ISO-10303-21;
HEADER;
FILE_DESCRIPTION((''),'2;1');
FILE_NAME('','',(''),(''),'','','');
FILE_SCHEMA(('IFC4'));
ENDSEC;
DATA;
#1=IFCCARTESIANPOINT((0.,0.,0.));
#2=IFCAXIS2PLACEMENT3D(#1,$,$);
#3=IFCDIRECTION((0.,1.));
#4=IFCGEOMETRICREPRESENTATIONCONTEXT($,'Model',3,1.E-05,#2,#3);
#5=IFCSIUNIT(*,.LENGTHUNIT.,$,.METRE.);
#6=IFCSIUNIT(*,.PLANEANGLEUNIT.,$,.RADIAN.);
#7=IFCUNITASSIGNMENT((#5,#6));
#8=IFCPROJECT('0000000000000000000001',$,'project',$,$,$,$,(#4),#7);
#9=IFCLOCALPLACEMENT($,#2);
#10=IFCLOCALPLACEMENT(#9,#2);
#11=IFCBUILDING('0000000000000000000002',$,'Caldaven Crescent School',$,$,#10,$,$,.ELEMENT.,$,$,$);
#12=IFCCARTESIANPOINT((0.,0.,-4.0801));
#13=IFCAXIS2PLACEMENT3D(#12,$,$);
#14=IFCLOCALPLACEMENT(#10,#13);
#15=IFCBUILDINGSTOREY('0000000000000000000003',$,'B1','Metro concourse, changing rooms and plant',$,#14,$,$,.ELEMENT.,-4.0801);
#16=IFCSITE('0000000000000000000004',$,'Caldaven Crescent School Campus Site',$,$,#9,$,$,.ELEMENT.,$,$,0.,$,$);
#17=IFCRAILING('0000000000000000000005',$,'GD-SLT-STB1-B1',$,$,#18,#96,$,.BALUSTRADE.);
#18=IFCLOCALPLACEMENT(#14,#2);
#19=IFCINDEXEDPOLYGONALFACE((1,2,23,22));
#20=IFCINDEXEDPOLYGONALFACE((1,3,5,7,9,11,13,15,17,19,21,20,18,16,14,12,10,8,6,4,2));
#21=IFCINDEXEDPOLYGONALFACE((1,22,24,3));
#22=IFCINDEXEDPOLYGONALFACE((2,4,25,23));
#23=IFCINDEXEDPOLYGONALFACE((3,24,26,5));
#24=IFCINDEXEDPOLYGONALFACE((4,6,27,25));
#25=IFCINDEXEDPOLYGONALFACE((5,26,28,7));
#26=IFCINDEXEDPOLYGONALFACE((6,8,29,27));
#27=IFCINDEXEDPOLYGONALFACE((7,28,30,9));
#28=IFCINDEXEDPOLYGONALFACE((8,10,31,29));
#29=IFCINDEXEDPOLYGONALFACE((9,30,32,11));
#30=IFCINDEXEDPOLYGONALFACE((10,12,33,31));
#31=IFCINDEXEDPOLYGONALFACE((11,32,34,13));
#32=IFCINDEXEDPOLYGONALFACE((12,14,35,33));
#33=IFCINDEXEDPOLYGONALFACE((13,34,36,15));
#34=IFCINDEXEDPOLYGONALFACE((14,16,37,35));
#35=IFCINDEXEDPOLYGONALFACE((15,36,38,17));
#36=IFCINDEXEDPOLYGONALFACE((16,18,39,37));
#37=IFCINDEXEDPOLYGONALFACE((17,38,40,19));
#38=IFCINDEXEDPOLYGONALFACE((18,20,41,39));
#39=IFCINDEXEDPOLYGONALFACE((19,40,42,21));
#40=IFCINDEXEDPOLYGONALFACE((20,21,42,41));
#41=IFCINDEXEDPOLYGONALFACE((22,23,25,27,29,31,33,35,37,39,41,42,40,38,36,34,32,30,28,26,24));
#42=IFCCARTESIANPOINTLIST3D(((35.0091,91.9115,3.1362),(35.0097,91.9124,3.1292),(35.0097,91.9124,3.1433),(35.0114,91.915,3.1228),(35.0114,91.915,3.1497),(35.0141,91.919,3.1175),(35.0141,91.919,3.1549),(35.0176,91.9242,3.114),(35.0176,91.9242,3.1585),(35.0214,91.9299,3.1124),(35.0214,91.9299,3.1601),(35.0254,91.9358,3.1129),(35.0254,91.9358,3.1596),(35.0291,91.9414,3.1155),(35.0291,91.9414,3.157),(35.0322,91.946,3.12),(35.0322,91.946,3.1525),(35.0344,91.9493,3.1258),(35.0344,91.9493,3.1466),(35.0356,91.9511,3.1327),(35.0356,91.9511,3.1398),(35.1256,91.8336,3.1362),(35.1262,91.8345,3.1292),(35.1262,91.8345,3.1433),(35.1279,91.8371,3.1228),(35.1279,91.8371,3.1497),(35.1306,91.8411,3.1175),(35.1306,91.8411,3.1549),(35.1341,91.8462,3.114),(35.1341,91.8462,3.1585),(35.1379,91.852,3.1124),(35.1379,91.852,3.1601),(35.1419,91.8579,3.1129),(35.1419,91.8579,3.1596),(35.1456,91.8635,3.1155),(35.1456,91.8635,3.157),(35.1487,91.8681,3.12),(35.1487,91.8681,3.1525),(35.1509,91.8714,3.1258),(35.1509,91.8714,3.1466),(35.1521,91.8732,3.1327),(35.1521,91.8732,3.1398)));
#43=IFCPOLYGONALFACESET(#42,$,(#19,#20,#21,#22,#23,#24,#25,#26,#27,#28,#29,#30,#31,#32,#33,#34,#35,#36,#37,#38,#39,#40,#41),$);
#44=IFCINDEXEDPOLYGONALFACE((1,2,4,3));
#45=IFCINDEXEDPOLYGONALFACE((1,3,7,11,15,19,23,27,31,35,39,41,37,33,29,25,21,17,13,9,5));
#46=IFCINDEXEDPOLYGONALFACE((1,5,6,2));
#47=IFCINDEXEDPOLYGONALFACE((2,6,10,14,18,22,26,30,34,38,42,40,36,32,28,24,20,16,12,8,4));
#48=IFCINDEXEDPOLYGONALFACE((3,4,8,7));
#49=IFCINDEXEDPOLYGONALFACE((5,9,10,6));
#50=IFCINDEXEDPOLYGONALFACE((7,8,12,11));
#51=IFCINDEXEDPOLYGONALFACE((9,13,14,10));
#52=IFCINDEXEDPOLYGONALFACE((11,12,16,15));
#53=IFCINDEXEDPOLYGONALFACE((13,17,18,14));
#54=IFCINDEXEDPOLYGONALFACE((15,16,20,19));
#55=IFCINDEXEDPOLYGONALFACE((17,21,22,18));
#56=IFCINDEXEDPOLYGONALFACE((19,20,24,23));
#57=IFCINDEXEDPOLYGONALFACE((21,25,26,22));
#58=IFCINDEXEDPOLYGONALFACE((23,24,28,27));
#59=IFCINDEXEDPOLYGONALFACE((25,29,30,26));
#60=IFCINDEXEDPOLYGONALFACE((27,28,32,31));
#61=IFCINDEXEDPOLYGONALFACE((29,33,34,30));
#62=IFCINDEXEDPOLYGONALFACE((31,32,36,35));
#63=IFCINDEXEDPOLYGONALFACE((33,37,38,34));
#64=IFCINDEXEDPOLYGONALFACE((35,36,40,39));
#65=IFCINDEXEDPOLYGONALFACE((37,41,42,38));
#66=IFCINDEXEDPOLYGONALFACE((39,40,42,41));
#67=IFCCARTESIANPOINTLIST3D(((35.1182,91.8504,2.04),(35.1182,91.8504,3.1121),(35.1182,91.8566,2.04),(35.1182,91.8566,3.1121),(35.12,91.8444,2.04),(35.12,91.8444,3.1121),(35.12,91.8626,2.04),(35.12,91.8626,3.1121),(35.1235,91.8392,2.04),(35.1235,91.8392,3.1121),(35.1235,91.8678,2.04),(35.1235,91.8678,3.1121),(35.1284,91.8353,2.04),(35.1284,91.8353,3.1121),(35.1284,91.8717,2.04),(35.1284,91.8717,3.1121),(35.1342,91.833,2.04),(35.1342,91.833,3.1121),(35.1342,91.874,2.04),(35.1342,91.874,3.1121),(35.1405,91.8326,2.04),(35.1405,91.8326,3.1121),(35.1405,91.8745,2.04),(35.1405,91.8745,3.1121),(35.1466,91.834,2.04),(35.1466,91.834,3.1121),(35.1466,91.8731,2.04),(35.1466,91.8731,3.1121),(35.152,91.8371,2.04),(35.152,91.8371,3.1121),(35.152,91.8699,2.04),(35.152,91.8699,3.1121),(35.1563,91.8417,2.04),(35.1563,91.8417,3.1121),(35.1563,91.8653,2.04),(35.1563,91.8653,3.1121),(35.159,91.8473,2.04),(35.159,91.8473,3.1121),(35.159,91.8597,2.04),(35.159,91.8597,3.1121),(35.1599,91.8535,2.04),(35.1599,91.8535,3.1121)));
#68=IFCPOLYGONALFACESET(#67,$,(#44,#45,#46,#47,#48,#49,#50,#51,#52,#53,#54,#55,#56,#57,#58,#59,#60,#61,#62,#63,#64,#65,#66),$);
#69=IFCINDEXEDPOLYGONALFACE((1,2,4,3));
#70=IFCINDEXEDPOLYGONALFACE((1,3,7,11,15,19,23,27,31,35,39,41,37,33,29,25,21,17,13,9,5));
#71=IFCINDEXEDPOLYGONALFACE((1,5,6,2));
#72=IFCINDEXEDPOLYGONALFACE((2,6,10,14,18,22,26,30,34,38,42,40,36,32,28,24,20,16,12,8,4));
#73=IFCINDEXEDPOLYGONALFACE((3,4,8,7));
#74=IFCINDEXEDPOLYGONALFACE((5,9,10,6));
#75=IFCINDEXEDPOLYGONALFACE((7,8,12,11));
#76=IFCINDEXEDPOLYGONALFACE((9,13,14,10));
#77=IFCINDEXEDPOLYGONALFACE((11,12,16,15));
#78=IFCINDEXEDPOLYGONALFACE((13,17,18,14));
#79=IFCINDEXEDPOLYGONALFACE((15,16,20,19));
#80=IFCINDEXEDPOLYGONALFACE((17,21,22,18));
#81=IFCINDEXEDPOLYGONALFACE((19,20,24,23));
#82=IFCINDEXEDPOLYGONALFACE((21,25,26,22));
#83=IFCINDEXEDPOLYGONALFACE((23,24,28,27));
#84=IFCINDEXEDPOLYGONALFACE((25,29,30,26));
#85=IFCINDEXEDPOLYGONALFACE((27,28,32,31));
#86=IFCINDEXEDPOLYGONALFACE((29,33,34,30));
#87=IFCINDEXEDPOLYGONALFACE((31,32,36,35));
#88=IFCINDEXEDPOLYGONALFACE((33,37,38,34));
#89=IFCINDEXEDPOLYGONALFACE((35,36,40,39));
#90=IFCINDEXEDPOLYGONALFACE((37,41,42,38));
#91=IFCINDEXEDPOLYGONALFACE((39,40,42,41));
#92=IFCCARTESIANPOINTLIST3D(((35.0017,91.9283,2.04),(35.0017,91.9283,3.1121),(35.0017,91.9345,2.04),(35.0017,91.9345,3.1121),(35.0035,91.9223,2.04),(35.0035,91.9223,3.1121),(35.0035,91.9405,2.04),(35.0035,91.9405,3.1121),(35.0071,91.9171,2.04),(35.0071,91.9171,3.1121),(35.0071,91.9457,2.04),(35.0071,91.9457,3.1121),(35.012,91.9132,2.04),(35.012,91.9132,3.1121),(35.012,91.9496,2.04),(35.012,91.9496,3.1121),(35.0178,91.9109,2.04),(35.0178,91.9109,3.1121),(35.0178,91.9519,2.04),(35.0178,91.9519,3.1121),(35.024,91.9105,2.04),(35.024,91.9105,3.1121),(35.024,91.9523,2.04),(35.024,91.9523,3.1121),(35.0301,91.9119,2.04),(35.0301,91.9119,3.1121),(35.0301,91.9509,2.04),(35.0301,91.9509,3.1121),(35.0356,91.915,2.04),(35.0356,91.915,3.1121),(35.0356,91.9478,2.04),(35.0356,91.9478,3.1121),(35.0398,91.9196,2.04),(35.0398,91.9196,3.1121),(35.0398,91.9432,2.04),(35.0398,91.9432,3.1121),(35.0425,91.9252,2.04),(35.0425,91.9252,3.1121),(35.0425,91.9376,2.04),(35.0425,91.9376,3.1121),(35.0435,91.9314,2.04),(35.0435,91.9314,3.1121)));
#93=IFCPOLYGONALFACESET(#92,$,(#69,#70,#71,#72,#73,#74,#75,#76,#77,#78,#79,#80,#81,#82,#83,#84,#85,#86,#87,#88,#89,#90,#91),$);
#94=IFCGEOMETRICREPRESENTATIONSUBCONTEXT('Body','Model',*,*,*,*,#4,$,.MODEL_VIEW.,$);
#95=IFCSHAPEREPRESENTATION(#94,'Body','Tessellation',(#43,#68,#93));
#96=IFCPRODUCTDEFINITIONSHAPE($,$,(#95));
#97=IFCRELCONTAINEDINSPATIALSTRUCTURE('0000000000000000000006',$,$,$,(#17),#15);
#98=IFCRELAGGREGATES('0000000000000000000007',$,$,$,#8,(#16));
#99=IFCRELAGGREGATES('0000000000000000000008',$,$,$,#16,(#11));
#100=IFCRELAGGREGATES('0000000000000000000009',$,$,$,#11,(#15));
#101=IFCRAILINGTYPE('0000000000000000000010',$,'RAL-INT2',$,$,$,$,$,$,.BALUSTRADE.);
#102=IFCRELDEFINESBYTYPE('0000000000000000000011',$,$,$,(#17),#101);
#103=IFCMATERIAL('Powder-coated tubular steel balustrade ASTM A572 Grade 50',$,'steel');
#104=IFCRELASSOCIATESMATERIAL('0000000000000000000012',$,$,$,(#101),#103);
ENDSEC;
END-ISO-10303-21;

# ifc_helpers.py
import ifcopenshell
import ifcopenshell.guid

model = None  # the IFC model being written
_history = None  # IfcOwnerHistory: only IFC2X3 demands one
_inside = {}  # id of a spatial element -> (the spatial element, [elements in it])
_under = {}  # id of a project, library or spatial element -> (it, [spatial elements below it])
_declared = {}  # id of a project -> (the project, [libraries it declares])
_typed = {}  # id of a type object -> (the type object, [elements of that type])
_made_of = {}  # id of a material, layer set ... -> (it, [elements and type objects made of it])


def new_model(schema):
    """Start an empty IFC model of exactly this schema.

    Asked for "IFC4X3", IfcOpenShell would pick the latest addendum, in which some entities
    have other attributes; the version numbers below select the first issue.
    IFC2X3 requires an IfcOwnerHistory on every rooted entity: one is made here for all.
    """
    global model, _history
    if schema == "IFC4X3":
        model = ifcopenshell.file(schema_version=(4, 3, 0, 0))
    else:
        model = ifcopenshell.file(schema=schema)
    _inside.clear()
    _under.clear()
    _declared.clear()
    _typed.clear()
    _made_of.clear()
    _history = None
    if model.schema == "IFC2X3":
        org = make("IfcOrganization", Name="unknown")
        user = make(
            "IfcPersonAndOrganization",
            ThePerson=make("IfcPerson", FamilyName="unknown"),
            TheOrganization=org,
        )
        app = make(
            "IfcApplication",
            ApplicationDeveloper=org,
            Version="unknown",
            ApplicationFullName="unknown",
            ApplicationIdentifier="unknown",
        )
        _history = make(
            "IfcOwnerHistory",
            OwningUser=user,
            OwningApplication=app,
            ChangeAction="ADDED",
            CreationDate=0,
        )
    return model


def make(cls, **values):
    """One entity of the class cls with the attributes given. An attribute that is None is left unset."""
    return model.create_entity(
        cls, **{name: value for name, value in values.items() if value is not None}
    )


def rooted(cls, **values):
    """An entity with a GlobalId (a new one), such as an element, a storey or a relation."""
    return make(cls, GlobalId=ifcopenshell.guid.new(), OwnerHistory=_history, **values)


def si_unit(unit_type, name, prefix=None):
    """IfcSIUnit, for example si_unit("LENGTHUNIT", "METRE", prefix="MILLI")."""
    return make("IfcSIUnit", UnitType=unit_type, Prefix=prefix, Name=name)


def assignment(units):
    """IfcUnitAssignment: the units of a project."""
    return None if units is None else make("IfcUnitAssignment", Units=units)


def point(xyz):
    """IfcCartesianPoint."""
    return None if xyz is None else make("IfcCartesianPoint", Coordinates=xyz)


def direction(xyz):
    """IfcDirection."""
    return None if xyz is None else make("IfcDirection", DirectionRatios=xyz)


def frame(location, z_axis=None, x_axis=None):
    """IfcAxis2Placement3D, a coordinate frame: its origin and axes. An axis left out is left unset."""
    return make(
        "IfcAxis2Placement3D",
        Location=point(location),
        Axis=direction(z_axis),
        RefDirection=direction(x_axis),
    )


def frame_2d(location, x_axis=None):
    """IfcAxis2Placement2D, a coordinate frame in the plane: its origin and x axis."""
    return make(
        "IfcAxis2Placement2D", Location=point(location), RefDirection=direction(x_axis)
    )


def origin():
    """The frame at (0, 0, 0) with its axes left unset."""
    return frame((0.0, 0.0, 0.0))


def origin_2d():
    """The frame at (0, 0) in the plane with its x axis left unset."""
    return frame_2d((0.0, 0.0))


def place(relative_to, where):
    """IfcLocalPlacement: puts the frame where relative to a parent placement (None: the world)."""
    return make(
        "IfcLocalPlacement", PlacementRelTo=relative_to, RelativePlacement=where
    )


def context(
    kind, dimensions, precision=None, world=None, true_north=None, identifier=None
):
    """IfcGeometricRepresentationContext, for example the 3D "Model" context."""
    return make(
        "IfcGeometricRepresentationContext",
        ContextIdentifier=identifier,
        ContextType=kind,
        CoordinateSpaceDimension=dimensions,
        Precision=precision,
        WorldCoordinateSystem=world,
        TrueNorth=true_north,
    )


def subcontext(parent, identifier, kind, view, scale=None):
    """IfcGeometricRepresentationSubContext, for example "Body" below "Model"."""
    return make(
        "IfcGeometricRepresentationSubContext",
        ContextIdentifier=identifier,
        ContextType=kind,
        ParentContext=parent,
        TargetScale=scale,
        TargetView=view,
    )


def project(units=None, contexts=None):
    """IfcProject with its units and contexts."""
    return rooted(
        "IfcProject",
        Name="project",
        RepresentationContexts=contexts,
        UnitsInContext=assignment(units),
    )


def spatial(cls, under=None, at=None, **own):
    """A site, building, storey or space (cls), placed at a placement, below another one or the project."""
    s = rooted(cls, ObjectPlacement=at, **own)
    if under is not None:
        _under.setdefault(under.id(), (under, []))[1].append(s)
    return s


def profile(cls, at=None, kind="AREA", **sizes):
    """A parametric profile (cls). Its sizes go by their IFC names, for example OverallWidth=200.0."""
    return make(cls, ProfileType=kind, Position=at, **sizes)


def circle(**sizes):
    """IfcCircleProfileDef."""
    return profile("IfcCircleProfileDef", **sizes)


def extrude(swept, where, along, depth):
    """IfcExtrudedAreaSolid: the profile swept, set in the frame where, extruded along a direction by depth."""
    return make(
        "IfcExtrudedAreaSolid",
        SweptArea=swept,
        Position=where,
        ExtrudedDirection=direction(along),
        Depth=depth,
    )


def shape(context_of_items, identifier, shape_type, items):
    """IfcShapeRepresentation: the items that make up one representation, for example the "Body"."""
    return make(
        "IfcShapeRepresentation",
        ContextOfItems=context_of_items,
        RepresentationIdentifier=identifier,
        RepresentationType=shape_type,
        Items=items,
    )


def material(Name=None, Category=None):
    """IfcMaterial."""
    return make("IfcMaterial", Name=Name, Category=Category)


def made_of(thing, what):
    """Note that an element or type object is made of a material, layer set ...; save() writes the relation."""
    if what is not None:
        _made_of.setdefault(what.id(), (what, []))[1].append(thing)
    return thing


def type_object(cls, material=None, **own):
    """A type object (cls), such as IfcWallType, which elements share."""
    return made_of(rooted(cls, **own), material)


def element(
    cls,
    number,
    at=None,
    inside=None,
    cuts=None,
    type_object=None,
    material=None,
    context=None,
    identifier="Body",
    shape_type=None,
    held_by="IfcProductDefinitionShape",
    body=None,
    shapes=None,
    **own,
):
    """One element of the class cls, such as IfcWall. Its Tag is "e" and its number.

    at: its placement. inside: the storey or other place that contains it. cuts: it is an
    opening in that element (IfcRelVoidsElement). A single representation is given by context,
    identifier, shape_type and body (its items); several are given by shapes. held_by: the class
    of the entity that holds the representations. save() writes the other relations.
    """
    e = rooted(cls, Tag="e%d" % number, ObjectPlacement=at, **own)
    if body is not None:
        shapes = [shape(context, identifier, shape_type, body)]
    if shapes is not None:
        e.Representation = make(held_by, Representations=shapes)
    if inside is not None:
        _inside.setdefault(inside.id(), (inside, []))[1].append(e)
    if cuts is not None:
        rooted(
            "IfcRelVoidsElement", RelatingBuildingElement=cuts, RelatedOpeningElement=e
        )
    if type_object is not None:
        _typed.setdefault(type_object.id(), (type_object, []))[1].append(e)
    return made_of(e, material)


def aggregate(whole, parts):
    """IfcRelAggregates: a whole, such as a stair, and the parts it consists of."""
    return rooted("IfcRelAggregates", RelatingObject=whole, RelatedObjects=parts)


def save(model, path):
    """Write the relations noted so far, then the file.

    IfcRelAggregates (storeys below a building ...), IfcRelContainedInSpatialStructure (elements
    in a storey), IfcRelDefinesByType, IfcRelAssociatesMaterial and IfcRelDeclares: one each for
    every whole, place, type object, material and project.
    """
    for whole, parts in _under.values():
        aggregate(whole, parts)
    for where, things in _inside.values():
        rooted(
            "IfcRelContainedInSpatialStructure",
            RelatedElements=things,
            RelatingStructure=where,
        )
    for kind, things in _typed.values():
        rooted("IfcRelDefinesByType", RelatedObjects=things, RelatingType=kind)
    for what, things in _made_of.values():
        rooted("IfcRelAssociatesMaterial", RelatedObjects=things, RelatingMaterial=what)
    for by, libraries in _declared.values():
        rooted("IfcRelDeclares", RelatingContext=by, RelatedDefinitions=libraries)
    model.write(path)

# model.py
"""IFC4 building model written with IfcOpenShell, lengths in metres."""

from ifc_helpers import new_model, si_unit, direction, frame, origin, origin_2d, place, context, subcontext, project, spatial, circle, extrude, material, type_object, element, save


model = new_model("IFC4")

# Units and contexts
model_context = context("Model", 3, precision=1e-05, world=origin(), true_north=direction((0.0, 1.0)))
body_context = subcontext(model_context, "Body", "Model", "MODEL_VIEW")
ifc_project = project(units=[si_unit("LENGTHUNIT", "METRE"), si_unit("PLANEANGLEUNIT", "RADIAN")], contexts=[model_context])

# Site, building, storey
site_placement = place(None, origin())
site = spatial("IfcSite", under=ifc_project, at=site_placement, Name="Caldaven Crescent School Campus Site", CompositionType="ELEMENT", RefElevation=0.0)
building_placement = place(site_placement, origin())
building = spatial("IfcBuilding", under=site, at=building_placement, Name="Caldaven Crescent School", CompositionType="ELEMENT")
storey_placement = place(building_placement, frame((0.0, 0.0, -4.0801)))
storey = spatial("IfcBuildingStorey", under=building, at=storey_placement, Name="B1", Description="Metro concourse, changing rooms and plant", CompositionType="ELEMENT", Elevation=-4.0801)

# Railing
ifc_material_1 = material(Name="Powder-coated tubular steel balustrade ASTM A572 Grade 50", Category="steel")
railing_type_1 = type_object("IfcRailingType", Name="RAL-INT2", PredefinedType="BALUSTRADE", material=ifc_material_1)
railing_1_placement = place(storey_placement, frame((35.1389, 91.8535, 2.04)))
element("IfcRailing", 1, at=railing_1_placement, inside=storey, type_object=railing_type_1, Name="GD-SLT-STB1-B1", PredefinedType="BALUSTRADE", context=body_context, shape_type="SweptSolid", body=[
    extrude(circle(Radius=0.0239, at=origin_2d()), frame((0.0, 0.0, 1.0962), z_axis=(-0.831245, 0.555906, 0.0), x_axis=(-0.555906, -0.831245, 0.0)), (0.0, 0.0, 1.0), 0.1401),
    extrude(circle(Radius=0.021, at=origin_2d()), origin(), (0.0, 0.0, 1.0), 1.072),
    extrude(circle(Radius=0.021, at=origin_2d()), frame((-0.1165, 0.0779, 0.0)), (0.0, 0.0, 1.0), 1.072),
])

save(model, "model.ifc")
